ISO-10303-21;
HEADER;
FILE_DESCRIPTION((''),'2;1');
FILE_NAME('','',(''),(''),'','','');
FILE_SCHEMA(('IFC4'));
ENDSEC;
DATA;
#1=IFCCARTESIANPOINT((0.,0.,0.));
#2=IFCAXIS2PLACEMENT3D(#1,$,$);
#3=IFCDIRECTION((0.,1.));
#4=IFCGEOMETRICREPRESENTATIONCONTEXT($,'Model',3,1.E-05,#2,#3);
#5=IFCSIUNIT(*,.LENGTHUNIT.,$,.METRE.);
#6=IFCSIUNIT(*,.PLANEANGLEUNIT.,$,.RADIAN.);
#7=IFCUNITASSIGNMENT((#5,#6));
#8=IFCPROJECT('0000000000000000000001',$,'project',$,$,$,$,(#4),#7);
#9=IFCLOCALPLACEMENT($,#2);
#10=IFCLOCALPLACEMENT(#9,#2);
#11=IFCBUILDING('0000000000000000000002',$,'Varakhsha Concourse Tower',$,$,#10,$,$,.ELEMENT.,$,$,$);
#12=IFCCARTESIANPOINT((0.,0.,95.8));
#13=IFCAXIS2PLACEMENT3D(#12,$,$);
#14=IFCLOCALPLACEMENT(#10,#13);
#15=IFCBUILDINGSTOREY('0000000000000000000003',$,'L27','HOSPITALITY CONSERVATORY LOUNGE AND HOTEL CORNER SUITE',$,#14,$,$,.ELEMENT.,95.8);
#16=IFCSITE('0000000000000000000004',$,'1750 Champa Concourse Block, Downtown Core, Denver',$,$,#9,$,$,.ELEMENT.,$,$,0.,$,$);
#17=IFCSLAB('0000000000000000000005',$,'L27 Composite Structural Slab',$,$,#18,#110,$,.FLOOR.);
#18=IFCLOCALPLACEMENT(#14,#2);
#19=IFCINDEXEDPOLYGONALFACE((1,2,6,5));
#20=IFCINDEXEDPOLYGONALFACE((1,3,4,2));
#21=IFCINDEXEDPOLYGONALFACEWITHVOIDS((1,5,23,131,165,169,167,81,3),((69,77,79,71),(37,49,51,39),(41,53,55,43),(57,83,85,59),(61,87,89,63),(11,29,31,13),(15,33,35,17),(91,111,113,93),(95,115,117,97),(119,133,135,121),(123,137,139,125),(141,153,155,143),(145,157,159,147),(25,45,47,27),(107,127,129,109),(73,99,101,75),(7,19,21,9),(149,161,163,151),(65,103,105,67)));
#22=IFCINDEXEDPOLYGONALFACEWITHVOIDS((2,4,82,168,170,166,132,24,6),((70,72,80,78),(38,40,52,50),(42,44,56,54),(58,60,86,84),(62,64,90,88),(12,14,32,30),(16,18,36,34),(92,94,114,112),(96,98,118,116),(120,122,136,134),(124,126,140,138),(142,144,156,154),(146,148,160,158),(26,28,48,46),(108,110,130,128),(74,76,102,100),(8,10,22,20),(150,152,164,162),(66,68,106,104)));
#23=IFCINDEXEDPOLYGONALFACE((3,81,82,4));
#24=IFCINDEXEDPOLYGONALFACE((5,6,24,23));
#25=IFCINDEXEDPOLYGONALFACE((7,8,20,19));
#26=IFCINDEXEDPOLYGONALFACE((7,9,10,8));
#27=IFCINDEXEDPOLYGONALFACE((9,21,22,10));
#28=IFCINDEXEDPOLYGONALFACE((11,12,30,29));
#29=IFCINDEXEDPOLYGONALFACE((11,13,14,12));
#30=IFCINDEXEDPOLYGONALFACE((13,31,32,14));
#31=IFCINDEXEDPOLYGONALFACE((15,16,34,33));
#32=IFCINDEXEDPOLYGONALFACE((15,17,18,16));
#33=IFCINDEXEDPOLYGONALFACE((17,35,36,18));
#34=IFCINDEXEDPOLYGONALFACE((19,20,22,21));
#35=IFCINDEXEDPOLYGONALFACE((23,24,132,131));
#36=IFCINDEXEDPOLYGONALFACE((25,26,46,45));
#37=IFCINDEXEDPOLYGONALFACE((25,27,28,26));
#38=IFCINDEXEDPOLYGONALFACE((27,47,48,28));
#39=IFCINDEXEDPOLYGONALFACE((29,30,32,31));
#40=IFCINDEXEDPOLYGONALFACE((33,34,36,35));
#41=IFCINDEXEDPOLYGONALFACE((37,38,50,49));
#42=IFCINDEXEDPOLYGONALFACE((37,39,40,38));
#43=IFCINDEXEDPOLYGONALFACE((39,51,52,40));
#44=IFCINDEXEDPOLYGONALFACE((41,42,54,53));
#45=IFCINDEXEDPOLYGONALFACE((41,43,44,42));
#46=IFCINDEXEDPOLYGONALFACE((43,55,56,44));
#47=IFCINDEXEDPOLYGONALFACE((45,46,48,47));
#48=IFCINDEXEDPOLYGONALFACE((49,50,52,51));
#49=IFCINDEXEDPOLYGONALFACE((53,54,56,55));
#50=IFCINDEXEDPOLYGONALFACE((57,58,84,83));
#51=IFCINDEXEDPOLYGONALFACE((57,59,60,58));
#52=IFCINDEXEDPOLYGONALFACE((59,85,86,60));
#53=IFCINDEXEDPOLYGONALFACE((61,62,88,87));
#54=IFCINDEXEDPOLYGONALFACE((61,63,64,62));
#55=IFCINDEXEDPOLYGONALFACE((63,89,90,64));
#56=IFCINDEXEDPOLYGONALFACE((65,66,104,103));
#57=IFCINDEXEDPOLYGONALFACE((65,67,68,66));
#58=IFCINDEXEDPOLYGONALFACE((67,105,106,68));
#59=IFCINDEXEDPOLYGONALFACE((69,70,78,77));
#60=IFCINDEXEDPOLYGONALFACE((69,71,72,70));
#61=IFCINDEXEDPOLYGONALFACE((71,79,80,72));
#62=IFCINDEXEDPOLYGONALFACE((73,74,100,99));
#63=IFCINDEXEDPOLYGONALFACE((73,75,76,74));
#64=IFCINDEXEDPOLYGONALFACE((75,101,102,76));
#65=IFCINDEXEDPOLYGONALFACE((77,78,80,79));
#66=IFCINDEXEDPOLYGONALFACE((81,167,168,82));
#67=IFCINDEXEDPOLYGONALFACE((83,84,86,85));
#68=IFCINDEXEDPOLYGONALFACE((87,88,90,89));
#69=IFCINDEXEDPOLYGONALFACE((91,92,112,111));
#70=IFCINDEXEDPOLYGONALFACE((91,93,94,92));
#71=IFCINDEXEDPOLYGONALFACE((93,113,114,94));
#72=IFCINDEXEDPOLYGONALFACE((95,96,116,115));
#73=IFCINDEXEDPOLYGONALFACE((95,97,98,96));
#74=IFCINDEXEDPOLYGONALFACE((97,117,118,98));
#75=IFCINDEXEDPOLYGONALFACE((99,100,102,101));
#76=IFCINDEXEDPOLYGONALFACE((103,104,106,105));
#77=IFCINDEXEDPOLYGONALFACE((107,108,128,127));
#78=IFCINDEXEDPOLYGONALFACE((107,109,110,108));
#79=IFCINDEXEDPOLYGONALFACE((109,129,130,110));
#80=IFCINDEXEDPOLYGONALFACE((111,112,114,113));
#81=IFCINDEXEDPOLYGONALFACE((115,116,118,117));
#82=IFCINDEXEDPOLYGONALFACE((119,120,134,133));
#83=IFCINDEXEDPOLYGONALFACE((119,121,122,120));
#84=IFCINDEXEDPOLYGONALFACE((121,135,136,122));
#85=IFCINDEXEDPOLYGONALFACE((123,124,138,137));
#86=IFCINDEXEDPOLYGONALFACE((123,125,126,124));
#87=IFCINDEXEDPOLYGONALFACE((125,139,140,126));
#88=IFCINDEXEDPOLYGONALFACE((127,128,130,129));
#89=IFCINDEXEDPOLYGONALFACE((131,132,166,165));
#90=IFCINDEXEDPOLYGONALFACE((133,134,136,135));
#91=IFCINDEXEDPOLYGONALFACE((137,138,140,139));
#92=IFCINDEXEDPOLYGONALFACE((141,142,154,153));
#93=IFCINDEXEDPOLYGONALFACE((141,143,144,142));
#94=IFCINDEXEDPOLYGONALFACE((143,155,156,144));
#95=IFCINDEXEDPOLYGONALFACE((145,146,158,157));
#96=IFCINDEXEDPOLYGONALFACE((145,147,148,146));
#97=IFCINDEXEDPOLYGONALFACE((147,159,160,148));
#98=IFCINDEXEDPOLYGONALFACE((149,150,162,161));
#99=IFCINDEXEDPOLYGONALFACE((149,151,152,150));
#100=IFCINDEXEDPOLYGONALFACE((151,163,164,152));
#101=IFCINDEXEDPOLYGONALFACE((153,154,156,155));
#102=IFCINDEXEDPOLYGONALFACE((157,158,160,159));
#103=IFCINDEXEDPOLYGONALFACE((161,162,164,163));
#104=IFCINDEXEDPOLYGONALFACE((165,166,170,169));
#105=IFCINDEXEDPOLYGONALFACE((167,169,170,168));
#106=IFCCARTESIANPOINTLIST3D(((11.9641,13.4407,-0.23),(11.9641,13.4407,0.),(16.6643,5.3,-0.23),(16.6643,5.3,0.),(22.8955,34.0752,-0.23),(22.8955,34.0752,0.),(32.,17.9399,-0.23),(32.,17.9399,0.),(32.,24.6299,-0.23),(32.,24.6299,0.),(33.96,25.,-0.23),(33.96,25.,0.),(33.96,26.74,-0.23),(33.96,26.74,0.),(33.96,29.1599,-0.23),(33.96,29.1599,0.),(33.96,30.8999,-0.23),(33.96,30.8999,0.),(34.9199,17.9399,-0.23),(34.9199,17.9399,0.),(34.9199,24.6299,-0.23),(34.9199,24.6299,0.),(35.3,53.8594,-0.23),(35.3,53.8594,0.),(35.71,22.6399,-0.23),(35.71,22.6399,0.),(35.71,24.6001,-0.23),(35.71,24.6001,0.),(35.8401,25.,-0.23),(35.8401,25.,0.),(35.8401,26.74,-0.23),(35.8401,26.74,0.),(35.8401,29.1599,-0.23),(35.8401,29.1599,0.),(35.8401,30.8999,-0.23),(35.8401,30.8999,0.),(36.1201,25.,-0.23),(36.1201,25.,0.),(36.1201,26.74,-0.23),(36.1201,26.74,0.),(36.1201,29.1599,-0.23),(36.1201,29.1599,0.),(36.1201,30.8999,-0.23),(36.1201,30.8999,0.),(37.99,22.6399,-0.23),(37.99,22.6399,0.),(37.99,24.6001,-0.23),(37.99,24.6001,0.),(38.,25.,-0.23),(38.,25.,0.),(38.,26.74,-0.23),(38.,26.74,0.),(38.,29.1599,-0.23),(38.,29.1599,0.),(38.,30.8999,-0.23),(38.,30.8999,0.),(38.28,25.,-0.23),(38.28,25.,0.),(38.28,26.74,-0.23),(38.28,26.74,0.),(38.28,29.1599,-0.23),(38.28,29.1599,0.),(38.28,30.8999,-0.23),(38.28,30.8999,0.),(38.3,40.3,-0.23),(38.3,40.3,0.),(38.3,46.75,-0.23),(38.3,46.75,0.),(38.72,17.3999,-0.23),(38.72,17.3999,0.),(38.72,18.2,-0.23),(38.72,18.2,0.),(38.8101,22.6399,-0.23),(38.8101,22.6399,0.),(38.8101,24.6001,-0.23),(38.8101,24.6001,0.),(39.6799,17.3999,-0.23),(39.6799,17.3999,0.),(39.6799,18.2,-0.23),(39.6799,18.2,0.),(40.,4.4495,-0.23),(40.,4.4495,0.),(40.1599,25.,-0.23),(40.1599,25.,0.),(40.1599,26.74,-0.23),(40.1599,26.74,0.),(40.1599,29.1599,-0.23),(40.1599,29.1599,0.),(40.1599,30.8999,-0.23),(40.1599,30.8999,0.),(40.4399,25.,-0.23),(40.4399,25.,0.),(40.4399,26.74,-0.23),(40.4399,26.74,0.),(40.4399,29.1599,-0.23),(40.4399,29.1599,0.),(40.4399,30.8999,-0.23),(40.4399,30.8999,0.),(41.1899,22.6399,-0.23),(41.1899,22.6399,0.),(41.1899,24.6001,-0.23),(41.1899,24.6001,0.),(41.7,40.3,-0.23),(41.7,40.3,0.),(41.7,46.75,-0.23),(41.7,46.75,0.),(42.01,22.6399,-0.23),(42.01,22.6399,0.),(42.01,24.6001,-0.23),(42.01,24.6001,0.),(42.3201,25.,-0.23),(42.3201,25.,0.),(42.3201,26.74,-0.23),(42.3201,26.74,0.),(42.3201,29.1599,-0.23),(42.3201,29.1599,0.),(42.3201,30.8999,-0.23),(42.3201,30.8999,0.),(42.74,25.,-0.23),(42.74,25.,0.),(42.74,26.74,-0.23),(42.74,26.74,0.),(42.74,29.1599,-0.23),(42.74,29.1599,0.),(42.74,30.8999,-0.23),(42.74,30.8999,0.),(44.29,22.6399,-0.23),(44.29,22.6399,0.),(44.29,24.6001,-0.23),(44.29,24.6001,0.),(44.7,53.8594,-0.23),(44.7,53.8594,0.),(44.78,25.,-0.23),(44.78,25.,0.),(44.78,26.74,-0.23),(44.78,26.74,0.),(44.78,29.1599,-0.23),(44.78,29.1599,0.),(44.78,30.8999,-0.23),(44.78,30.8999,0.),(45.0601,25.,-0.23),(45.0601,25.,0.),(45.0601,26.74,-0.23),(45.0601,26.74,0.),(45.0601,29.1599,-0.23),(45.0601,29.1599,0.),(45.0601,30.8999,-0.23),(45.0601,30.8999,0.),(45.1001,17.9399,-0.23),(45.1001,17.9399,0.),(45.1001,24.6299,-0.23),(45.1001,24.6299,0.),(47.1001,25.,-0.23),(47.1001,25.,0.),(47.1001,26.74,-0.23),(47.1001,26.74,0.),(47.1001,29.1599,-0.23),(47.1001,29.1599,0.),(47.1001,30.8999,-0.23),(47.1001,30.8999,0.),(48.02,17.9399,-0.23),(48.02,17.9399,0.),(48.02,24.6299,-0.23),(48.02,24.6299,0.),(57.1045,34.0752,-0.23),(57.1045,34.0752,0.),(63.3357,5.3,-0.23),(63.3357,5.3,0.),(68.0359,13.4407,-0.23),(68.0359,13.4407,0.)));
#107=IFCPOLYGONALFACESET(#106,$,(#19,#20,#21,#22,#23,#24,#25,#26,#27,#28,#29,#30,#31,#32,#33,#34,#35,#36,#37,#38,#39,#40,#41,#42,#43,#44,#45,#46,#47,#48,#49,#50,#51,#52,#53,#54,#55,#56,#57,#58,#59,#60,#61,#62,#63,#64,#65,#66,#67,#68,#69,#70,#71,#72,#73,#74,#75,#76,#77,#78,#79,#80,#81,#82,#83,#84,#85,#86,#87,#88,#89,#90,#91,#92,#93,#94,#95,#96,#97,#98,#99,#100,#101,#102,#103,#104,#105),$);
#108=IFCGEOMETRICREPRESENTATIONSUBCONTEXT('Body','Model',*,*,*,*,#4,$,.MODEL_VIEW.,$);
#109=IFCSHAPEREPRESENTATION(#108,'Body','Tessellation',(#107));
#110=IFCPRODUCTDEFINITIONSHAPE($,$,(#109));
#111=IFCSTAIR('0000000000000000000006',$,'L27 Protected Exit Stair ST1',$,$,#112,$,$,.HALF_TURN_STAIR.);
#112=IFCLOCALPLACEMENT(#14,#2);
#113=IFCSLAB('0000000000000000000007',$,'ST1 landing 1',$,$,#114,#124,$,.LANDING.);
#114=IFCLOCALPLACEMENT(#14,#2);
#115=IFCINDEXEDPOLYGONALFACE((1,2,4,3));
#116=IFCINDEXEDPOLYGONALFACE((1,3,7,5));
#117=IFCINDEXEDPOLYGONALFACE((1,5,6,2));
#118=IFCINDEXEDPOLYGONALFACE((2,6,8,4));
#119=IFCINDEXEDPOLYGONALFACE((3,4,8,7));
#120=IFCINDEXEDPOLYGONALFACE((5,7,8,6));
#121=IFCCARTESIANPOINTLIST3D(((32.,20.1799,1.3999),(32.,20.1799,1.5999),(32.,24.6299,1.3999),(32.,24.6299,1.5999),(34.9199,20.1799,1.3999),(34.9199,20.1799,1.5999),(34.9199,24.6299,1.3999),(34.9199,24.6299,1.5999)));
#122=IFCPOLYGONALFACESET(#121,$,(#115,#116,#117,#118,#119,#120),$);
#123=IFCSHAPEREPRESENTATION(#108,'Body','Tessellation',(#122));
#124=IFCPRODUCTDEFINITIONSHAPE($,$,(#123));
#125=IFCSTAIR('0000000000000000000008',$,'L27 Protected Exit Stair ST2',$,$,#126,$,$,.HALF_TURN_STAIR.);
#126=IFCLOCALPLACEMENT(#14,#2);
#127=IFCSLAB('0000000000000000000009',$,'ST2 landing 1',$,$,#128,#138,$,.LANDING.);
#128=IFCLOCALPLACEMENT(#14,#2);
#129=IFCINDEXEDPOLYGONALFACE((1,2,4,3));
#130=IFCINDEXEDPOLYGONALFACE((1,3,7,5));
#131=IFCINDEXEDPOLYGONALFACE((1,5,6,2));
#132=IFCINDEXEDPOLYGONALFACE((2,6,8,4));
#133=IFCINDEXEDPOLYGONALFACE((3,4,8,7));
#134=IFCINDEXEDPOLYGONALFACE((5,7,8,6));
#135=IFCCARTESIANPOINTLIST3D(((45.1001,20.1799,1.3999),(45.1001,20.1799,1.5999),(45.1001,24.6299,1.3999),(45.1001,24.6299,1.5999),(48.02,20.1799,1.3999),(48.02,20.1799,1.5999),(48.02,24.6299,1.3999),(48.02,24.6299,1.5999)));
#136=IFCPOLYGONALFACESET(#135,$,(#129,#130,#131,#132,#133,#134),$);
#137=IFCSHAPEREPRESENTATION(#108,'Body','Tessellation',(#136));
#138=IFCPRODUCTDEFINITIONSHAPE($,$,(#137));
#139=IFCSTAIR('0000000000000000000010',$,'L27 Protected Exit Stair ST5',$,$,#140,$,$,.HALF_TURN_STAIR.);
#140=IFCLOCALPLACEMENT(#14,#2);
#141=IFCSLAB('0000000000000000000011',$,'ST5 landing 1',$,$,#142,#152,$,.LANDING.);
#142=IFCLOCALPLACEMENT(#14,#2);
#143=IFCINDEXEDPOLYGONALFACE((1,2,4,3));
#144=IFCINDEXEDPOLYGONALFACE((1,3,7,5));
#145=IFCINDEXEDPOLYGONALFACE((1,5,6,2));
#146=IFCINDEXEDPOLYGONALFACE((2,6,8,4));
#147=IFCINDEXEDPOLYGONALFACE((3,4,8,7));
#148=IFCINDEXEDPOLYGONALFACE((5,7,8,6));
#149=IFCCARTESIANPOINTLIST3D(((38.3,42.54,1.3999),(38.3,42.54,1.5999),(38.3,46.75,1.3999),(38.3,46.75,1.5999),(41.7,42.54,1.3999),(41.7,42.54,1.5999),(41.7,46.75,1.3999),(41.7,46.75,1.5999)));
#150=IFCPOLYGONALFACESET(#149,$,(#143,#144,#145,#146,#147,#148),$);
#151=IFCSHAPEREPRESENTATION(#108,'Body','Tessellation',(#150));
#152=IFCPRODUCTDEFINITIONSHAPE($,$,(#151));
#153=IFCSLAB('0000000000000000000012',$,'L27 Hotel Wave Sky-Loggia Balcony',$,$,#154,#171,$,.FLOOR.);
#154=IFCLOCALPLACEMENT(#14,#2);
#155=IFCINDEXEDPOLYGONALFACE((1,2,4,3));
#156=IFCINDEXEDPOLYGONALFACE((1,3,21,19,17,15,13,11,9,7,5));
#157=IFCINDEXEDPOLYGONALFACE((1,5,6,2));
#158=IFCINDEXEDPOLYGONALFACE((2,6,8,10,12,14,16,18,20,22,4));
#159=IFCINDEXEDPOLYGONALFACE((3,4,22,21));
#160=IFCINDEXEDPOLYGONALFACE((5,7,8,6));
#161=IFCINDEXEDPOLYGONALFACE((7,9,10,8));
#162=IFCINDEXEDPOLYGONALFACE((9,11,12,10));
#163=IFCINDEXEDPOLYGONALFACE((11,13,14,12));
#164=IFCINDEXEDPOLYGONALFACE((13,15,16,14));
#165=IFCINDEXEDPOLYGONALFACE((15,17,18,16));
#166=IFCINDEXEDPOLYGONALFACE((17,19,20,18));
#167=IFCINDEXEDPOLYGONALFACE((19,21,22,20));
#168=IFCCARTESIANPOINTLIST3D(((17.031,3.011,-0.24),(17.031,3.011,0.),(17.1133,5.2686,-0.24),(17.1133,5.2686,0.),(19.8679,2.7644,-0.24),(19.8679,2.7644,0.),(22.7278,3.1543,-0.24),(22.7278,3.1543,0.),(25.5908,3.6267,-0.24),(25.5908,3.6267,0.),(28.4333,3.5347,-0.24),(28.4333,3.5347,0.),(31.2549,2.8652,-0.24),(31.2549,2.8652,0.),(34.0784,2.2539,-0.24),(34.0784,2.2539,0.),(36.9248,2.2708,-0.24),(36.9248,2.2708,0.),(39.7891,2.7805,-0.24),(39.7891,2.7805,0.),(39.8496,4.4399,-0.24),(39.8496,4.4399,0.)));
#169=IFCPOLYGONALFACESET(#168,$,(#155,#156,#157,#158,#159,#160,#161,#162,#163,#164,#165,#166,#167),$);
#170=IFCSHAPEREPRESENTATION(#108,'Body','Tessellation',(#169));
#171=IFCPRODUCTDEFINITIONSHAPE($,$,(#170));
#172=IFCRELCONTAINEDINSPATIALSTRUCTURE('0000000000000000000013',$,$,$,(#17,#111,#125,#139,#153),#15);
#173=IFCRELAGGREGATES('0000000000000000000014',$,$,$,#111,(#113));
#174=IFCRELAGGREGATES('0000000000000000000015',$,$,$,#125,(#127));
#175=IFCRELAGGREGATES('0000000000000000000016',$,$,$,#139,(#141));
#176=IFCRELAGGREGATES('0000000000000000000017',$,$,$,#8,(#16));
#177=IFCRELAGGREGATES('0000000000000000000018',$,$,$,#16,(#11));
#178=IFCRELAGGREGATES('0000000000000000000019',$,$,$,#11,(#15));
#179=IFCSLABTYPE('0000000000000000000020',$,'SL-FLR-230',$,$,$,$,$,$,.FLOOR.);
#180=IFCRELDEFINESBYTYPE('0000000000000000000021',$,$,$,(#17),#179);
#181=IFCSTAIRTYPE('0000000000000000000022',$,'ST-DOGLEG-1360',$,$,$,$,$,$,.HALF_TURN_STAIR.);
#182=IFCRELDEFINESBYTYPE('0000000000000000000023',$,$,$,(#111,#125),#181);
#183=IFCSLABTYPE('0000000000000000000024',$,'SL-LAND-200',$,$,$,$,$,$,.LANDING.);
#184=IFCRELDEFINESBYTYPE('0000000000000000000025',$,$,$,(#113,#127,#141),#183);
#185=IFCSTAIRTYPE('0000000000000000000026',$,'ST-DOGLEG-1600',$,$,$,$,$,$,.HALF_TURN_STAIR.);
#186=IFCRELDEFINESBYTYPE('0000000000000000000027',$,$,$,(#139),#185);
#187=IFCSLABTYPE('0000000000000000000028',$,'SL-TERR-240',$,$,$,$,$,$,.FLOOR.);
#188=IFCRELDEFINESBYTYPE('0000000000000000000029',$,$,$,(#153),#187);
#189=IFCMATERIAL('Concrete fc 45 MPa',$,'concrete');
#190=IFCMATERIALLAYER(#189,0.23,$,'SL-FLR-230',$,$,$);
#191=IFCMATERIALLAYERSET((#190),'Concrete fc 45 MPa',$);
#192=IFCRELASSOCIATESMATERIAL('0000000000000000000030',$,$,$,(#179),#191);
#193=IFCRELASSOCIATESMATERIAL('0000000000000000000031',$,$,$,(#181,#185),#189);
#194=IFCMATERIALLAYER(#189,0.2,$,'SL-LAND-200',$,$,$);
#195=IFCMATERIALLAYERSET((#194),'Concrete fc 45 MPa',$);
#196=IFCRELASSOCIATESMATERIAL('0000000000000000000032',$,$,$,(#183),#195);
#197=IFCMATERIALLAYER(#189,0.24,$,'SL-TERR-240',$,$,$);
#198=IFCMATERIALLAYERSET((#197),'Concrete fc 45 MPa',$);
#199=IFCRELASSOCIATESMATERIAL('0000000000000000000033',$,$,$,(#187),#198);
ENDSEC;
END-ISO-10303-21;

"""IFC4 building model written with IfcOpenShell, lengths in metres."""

from ifc_helpers import new_model, si_unit, direction, frame, origin, place, context, subcontext, project, spatial, polyline, outline, extrude, material, layer, layer_set, type_object, element, aggregate, save


model = new_model("IFC4")

# Units and contexts
model_context = context("Model", 3, precision=1e-05, world=origin(), true_north=direction((0.0, 1.0)))
body_context = subcontext(model_context, "Body", "Model", "MODEL_VIEW")
ifc_project = project(units=[si_unit("LENGTHUNIT", "METRE"), si_unit("PLANEANGLEUNIT", "RADIAN")], contexts=[model_context])

# Site, building, storey
site_placement = place(None, origin())
site = spatial("IfcSite", under=ifc_project, at=site_placement, Name="1750 Champa Concourse Block, Downtown Core, Denver", CompositionType="ELEMENT", RefElevation=0.0)
building_placement = place(site_placement, origin())
building = spatial("IfcBuilding", under=site, at=building_placement, Name="Varakhsha Concourse Tower", CompositionType="ELEMENT")
storey_placement = place(building_placement, frame((0.0, 0.0, 95.8)))
storey = spatial("IfcBuildingStorey", under=building, at=storey_placement, Name="L27", Description="HOSPITALITY CONSERVATORY LOUNGE AND HOTEL CORNER SUITE", CompositionType="ELEMENT", Elevation=95.8)

# Slab
ifc_material_1 = material(Name="Concrete fc 45 MPa", Category="concrete")
ifc_layer_1 = layer(ifc_material_1, 0.23, Name="SL-FLR-230")
ifc_layer_set_1 = layer_set([ifc_layer_1], Name="Concrete fc 45 MPa")
slab_type_1 = type_object("IfcSlabType", Name="SL-FLR-230", PredefinedType="FLOOR", material=ifc_layer_set_1)
slab_1_placement = place(storey_placement, frame((0.0, 0.0, -0.23)))
element("IfcSlab", 1, at=slab_1_placement, inside=storey, type_object=slab_type_1, Name="L27 Composite Structural Slab", PredefinedType="FLOOR", context=body_context, shape_type="SweptSolid", body=[
    extrude(outline(polyline([(44.7, 53.8594), (35.3, 53.8594), (22.8955, 34.0752), (11.9641, 13.4407), (16.6643, 5.3), (40.0, 4.4495), (63.3357, 5.3), (68.0359, 13.4407), (57.1045, 34.0752), (44.7, 53.8594)]), holes=[polyline([(34.9199, 17.9399), (34.9199, 24.6299), (32.0, 24.6299), (32.0, 17.9399), (34.9199, 17.9399)]), polyline([(48.02, 17.9399), (48.02, 24.6299), (45.1001, 24.6299), (45.1001, 17.9399), (48.02, 17.9399)]), polyline([(41.7, 40.3), (41.7, 46.75), (38.3, 46.75), (38.3, 40.3), (41.7, 40.3)]), polyline([(33.96, 29.1599), (35.8401, 29.1599), (35.8401, 30.8999), (33.96, 30.8999), (33.96, 29.1599)]), polyline([(36.1201, 29.1599), (38.0, 29.1599), (38.0, 30.8999), (36.1201, 30.8999), (36.1201, 29.1599)]), polyline([(38.28, 29.1599), (40.1599, 29.1599), (40.1599, 30.8999), (38.28, 30.8999), (38.28, 29.1599)]), polyline([(40.4399, 29.1599), (42.3201, 29.1599), (42.3201, 30.8999), (40.4399, 30.8999), (40.4399, 29.1599)]), polyline([(33.96, 25.0), (35.8401, 25.0), (35.8401, 26.74), (33.96, 26.74), (33.96, 25.0)]), polyline([(36.1201, 25.0), (38.0, 25.0), (38.0, 26.74), (36.1201, 26.74), (36.1201, 25.0)]), polyline([(38.28, 25.0), (40.1599, 25.0), (40.1599, 26.74), (38.28, 26.74), (38.28, 25.0)]), polyline([(40.4399, 25.0), (42.3201, 25.0), (42.3201, 26.74), (40.4399, 26.74), (40.4399, 25.0)]), polyline([(42.74, 29.1599), (44.78, 29.1599), (44.78, 30.8999), (42.74, 30.8999), (42.74, 29.1599)]), polyline([(45.0601, 29.1599), (47.1001, 29.1599), (47.1001, 30.8999), (45.0601, 30.8999), (45.0601, 29.1599)]), polyline([(42.74, 25.0), (44.78, 25.0), (44.78, 26.74), (42.74, 26.74), (42.74, 25.0)]), polyline([(45.0601, 25.0), (47.1001, 25.0), (47.1001, 26.74), (45.0601, 26.74), (45.0601, 25.0)]), polyline([(35.71, 22.6399), (37.99, 22.6399), (37.99, 24.6001), (35.71, 24.6001), (35.71, 22.6399)]), polyline([(42.01, 22.6399), (44.29, 22.6399), (44.29, 24.6001), (42.01, 24.6001), (42.01, 22.6399)]), polyline([(38.8101, 22.6399), (41.1899, 22.6399), (41.1899, 24.6001), (38.8101, 24.6001), (38.8101, 22.6399)]), polyline([(38.72, 17.3999), (39.6799, 17.3999), (39.6799, 18.2), (38.72, 18.2), (38.72, 17.3999)])]), origin(), (0.0, 0.0, 1.0), 0.23),
])

# Stairs, slabs
stair_type_1 = type_object("IfcStairType", Name="ST-DOGLEG-1360", PredefinedType="HALF_TURN_STAIR", material=ifc_material_1)
stair_1_placement = place(storey_placement, origin())
stair_1 = element("IfcStair", 2, at=stair_1_placement, inside=storey, type_object=stair_type_1, Name="L27 Protected Exit Stair ST1", PredefinedType="HALF_TURN_STAIR")
ifc_layer_2 = layer(ifc_material_1, 0.2, Name="SL-LAND-200")
ifc_layer_set_2 = layer_set([ifc_layer_2], Name="Concrete fc 45 MPa")
slab_type_2 = type_object("IfcSlabType", Name="SL-LAND-200", PredefinedType="LANDING", material=ifc_layer_set_2)
slab_2_placement = place(storey_placement, frame((0.0, 0.0, 1.3999)))
slab_2 = element("IfcSlab", 3, at=slab_2_placement, type_object=slab_type_2, Name="ST1 landing 1", PredefinedType="LANDING", context=body_context, shape_type="SweptSolid", body=[
    extrude(outline(polyline([(34.9199, 20.1799), (34.9199, 24.6299), (32.0, 24.6299), (32.0, 20.1799), (34.9199, 20.1799)])), origin(), (0.0, 0.0, 1.0), 0.2),
])
aggregate(stair_1, [slab_2])
stair_2_placement = place(storey_placement, origin())
stair_2 = element("IfcStair", 4, at=stair_2_placement, inside=storey, type_object=stair_type_1, Name="L27 Protected Exit Stair ST2", PredefinedType="HALF_TURN_STAIR")
slab_3_placement = place(storey_placement, frame((0.0, 0.0, 1.3999)))
slab_3 = element("IfcSlab", 5, at=slab_3_placement, type_object=slab_type_2, Name="ST2 landing 1", PredefinedType="LANDING", context=body_context, shape_type="SweptSolid", body=[
    extrude(outline(polyline([(48.02, 20.1799), (48.02, 24.6299), (45.1001, 24.6299), (45.1001, 20.1799), (48.02, 20.1799)])), origin(), (0.0, 0.0, 1.0), 0.2),
])
aggregate(stair_2, [slab_3])
stair_type_2 = type_object("IfcStairType", Name="ST-DOGLEG-1600", PredefinedType="HALF_TURN_STAIR", material=ifc_material_1)
stair_3_placement = place(storey_placement, origin())
stair_3 = element("IfcStair", 6, at=stair_3_placement, inside=storey, type_object=stair_type_2, Name="L27 Protected Exit Stair ST5", PredefinedType="HALF_TURN_STAIR")
slab_4_placement = place(storey_placement, frame((0.0, 0.0, 1.3999)))
slab_4 = element("IfcSlab", 7, at=slab_4_placement, type_object=slab_type_2, Name="ST5 landing 1", PredefinedType="LANDING", context=body_context, shape_type="SweptSolid", body=[
    extrude(outline(polyline([(41.7, 42.54), (41.7, 46.75), (38.3, 46.75), (38.3, 42.54), (41.7, 42.54)])), origin(), (0.0, 0.0, 1.0), 0.2),
])
aggregate(stair_3, [slab_4])

# Slab
ifc_layer_3 = layer(ifc_material_1, 0.24, Name="SL-TERR-240")
ifc_layer_set_3 = layer_set([ifc_layer_3], Name="Concrete fc 45 MPa")
slab_type_3 = type_object("IfcSlabType", Name="SL-TERR-240", PredefinedType="FLOOR", material=ifc_layer_set_3)
slab_5_placement = place(storey_placement, frame((0.0, 0.0, -0.24)))
element("IfcSlab", 8, at=slab_5_placement, inside=storey, type_object=slab_type_3, Name="L27 Hotel Wave Sky-Loggia Balcony", PredefinedType="FLOOR", context=body_context, shape_type="SweptSolid", body=[
    extrude(outline(polyline([(17.1133, 5.2686), (39.8496, 4.4399), (39.7891, 2.7805), (36.9248, 2.2708), (34.0784, 2.2539), (31.2549, 2.8652), (28.4333, 3.5347), (25.5908, 3.6267), (22.7278, 3.1543), (19.8679, 2.7644), (17.031, 3.011), (17.1133, 5.2686)])), origin(), (0.0, 0.0, 1.0), 0.24),
])

save(model, "model.ifc")
